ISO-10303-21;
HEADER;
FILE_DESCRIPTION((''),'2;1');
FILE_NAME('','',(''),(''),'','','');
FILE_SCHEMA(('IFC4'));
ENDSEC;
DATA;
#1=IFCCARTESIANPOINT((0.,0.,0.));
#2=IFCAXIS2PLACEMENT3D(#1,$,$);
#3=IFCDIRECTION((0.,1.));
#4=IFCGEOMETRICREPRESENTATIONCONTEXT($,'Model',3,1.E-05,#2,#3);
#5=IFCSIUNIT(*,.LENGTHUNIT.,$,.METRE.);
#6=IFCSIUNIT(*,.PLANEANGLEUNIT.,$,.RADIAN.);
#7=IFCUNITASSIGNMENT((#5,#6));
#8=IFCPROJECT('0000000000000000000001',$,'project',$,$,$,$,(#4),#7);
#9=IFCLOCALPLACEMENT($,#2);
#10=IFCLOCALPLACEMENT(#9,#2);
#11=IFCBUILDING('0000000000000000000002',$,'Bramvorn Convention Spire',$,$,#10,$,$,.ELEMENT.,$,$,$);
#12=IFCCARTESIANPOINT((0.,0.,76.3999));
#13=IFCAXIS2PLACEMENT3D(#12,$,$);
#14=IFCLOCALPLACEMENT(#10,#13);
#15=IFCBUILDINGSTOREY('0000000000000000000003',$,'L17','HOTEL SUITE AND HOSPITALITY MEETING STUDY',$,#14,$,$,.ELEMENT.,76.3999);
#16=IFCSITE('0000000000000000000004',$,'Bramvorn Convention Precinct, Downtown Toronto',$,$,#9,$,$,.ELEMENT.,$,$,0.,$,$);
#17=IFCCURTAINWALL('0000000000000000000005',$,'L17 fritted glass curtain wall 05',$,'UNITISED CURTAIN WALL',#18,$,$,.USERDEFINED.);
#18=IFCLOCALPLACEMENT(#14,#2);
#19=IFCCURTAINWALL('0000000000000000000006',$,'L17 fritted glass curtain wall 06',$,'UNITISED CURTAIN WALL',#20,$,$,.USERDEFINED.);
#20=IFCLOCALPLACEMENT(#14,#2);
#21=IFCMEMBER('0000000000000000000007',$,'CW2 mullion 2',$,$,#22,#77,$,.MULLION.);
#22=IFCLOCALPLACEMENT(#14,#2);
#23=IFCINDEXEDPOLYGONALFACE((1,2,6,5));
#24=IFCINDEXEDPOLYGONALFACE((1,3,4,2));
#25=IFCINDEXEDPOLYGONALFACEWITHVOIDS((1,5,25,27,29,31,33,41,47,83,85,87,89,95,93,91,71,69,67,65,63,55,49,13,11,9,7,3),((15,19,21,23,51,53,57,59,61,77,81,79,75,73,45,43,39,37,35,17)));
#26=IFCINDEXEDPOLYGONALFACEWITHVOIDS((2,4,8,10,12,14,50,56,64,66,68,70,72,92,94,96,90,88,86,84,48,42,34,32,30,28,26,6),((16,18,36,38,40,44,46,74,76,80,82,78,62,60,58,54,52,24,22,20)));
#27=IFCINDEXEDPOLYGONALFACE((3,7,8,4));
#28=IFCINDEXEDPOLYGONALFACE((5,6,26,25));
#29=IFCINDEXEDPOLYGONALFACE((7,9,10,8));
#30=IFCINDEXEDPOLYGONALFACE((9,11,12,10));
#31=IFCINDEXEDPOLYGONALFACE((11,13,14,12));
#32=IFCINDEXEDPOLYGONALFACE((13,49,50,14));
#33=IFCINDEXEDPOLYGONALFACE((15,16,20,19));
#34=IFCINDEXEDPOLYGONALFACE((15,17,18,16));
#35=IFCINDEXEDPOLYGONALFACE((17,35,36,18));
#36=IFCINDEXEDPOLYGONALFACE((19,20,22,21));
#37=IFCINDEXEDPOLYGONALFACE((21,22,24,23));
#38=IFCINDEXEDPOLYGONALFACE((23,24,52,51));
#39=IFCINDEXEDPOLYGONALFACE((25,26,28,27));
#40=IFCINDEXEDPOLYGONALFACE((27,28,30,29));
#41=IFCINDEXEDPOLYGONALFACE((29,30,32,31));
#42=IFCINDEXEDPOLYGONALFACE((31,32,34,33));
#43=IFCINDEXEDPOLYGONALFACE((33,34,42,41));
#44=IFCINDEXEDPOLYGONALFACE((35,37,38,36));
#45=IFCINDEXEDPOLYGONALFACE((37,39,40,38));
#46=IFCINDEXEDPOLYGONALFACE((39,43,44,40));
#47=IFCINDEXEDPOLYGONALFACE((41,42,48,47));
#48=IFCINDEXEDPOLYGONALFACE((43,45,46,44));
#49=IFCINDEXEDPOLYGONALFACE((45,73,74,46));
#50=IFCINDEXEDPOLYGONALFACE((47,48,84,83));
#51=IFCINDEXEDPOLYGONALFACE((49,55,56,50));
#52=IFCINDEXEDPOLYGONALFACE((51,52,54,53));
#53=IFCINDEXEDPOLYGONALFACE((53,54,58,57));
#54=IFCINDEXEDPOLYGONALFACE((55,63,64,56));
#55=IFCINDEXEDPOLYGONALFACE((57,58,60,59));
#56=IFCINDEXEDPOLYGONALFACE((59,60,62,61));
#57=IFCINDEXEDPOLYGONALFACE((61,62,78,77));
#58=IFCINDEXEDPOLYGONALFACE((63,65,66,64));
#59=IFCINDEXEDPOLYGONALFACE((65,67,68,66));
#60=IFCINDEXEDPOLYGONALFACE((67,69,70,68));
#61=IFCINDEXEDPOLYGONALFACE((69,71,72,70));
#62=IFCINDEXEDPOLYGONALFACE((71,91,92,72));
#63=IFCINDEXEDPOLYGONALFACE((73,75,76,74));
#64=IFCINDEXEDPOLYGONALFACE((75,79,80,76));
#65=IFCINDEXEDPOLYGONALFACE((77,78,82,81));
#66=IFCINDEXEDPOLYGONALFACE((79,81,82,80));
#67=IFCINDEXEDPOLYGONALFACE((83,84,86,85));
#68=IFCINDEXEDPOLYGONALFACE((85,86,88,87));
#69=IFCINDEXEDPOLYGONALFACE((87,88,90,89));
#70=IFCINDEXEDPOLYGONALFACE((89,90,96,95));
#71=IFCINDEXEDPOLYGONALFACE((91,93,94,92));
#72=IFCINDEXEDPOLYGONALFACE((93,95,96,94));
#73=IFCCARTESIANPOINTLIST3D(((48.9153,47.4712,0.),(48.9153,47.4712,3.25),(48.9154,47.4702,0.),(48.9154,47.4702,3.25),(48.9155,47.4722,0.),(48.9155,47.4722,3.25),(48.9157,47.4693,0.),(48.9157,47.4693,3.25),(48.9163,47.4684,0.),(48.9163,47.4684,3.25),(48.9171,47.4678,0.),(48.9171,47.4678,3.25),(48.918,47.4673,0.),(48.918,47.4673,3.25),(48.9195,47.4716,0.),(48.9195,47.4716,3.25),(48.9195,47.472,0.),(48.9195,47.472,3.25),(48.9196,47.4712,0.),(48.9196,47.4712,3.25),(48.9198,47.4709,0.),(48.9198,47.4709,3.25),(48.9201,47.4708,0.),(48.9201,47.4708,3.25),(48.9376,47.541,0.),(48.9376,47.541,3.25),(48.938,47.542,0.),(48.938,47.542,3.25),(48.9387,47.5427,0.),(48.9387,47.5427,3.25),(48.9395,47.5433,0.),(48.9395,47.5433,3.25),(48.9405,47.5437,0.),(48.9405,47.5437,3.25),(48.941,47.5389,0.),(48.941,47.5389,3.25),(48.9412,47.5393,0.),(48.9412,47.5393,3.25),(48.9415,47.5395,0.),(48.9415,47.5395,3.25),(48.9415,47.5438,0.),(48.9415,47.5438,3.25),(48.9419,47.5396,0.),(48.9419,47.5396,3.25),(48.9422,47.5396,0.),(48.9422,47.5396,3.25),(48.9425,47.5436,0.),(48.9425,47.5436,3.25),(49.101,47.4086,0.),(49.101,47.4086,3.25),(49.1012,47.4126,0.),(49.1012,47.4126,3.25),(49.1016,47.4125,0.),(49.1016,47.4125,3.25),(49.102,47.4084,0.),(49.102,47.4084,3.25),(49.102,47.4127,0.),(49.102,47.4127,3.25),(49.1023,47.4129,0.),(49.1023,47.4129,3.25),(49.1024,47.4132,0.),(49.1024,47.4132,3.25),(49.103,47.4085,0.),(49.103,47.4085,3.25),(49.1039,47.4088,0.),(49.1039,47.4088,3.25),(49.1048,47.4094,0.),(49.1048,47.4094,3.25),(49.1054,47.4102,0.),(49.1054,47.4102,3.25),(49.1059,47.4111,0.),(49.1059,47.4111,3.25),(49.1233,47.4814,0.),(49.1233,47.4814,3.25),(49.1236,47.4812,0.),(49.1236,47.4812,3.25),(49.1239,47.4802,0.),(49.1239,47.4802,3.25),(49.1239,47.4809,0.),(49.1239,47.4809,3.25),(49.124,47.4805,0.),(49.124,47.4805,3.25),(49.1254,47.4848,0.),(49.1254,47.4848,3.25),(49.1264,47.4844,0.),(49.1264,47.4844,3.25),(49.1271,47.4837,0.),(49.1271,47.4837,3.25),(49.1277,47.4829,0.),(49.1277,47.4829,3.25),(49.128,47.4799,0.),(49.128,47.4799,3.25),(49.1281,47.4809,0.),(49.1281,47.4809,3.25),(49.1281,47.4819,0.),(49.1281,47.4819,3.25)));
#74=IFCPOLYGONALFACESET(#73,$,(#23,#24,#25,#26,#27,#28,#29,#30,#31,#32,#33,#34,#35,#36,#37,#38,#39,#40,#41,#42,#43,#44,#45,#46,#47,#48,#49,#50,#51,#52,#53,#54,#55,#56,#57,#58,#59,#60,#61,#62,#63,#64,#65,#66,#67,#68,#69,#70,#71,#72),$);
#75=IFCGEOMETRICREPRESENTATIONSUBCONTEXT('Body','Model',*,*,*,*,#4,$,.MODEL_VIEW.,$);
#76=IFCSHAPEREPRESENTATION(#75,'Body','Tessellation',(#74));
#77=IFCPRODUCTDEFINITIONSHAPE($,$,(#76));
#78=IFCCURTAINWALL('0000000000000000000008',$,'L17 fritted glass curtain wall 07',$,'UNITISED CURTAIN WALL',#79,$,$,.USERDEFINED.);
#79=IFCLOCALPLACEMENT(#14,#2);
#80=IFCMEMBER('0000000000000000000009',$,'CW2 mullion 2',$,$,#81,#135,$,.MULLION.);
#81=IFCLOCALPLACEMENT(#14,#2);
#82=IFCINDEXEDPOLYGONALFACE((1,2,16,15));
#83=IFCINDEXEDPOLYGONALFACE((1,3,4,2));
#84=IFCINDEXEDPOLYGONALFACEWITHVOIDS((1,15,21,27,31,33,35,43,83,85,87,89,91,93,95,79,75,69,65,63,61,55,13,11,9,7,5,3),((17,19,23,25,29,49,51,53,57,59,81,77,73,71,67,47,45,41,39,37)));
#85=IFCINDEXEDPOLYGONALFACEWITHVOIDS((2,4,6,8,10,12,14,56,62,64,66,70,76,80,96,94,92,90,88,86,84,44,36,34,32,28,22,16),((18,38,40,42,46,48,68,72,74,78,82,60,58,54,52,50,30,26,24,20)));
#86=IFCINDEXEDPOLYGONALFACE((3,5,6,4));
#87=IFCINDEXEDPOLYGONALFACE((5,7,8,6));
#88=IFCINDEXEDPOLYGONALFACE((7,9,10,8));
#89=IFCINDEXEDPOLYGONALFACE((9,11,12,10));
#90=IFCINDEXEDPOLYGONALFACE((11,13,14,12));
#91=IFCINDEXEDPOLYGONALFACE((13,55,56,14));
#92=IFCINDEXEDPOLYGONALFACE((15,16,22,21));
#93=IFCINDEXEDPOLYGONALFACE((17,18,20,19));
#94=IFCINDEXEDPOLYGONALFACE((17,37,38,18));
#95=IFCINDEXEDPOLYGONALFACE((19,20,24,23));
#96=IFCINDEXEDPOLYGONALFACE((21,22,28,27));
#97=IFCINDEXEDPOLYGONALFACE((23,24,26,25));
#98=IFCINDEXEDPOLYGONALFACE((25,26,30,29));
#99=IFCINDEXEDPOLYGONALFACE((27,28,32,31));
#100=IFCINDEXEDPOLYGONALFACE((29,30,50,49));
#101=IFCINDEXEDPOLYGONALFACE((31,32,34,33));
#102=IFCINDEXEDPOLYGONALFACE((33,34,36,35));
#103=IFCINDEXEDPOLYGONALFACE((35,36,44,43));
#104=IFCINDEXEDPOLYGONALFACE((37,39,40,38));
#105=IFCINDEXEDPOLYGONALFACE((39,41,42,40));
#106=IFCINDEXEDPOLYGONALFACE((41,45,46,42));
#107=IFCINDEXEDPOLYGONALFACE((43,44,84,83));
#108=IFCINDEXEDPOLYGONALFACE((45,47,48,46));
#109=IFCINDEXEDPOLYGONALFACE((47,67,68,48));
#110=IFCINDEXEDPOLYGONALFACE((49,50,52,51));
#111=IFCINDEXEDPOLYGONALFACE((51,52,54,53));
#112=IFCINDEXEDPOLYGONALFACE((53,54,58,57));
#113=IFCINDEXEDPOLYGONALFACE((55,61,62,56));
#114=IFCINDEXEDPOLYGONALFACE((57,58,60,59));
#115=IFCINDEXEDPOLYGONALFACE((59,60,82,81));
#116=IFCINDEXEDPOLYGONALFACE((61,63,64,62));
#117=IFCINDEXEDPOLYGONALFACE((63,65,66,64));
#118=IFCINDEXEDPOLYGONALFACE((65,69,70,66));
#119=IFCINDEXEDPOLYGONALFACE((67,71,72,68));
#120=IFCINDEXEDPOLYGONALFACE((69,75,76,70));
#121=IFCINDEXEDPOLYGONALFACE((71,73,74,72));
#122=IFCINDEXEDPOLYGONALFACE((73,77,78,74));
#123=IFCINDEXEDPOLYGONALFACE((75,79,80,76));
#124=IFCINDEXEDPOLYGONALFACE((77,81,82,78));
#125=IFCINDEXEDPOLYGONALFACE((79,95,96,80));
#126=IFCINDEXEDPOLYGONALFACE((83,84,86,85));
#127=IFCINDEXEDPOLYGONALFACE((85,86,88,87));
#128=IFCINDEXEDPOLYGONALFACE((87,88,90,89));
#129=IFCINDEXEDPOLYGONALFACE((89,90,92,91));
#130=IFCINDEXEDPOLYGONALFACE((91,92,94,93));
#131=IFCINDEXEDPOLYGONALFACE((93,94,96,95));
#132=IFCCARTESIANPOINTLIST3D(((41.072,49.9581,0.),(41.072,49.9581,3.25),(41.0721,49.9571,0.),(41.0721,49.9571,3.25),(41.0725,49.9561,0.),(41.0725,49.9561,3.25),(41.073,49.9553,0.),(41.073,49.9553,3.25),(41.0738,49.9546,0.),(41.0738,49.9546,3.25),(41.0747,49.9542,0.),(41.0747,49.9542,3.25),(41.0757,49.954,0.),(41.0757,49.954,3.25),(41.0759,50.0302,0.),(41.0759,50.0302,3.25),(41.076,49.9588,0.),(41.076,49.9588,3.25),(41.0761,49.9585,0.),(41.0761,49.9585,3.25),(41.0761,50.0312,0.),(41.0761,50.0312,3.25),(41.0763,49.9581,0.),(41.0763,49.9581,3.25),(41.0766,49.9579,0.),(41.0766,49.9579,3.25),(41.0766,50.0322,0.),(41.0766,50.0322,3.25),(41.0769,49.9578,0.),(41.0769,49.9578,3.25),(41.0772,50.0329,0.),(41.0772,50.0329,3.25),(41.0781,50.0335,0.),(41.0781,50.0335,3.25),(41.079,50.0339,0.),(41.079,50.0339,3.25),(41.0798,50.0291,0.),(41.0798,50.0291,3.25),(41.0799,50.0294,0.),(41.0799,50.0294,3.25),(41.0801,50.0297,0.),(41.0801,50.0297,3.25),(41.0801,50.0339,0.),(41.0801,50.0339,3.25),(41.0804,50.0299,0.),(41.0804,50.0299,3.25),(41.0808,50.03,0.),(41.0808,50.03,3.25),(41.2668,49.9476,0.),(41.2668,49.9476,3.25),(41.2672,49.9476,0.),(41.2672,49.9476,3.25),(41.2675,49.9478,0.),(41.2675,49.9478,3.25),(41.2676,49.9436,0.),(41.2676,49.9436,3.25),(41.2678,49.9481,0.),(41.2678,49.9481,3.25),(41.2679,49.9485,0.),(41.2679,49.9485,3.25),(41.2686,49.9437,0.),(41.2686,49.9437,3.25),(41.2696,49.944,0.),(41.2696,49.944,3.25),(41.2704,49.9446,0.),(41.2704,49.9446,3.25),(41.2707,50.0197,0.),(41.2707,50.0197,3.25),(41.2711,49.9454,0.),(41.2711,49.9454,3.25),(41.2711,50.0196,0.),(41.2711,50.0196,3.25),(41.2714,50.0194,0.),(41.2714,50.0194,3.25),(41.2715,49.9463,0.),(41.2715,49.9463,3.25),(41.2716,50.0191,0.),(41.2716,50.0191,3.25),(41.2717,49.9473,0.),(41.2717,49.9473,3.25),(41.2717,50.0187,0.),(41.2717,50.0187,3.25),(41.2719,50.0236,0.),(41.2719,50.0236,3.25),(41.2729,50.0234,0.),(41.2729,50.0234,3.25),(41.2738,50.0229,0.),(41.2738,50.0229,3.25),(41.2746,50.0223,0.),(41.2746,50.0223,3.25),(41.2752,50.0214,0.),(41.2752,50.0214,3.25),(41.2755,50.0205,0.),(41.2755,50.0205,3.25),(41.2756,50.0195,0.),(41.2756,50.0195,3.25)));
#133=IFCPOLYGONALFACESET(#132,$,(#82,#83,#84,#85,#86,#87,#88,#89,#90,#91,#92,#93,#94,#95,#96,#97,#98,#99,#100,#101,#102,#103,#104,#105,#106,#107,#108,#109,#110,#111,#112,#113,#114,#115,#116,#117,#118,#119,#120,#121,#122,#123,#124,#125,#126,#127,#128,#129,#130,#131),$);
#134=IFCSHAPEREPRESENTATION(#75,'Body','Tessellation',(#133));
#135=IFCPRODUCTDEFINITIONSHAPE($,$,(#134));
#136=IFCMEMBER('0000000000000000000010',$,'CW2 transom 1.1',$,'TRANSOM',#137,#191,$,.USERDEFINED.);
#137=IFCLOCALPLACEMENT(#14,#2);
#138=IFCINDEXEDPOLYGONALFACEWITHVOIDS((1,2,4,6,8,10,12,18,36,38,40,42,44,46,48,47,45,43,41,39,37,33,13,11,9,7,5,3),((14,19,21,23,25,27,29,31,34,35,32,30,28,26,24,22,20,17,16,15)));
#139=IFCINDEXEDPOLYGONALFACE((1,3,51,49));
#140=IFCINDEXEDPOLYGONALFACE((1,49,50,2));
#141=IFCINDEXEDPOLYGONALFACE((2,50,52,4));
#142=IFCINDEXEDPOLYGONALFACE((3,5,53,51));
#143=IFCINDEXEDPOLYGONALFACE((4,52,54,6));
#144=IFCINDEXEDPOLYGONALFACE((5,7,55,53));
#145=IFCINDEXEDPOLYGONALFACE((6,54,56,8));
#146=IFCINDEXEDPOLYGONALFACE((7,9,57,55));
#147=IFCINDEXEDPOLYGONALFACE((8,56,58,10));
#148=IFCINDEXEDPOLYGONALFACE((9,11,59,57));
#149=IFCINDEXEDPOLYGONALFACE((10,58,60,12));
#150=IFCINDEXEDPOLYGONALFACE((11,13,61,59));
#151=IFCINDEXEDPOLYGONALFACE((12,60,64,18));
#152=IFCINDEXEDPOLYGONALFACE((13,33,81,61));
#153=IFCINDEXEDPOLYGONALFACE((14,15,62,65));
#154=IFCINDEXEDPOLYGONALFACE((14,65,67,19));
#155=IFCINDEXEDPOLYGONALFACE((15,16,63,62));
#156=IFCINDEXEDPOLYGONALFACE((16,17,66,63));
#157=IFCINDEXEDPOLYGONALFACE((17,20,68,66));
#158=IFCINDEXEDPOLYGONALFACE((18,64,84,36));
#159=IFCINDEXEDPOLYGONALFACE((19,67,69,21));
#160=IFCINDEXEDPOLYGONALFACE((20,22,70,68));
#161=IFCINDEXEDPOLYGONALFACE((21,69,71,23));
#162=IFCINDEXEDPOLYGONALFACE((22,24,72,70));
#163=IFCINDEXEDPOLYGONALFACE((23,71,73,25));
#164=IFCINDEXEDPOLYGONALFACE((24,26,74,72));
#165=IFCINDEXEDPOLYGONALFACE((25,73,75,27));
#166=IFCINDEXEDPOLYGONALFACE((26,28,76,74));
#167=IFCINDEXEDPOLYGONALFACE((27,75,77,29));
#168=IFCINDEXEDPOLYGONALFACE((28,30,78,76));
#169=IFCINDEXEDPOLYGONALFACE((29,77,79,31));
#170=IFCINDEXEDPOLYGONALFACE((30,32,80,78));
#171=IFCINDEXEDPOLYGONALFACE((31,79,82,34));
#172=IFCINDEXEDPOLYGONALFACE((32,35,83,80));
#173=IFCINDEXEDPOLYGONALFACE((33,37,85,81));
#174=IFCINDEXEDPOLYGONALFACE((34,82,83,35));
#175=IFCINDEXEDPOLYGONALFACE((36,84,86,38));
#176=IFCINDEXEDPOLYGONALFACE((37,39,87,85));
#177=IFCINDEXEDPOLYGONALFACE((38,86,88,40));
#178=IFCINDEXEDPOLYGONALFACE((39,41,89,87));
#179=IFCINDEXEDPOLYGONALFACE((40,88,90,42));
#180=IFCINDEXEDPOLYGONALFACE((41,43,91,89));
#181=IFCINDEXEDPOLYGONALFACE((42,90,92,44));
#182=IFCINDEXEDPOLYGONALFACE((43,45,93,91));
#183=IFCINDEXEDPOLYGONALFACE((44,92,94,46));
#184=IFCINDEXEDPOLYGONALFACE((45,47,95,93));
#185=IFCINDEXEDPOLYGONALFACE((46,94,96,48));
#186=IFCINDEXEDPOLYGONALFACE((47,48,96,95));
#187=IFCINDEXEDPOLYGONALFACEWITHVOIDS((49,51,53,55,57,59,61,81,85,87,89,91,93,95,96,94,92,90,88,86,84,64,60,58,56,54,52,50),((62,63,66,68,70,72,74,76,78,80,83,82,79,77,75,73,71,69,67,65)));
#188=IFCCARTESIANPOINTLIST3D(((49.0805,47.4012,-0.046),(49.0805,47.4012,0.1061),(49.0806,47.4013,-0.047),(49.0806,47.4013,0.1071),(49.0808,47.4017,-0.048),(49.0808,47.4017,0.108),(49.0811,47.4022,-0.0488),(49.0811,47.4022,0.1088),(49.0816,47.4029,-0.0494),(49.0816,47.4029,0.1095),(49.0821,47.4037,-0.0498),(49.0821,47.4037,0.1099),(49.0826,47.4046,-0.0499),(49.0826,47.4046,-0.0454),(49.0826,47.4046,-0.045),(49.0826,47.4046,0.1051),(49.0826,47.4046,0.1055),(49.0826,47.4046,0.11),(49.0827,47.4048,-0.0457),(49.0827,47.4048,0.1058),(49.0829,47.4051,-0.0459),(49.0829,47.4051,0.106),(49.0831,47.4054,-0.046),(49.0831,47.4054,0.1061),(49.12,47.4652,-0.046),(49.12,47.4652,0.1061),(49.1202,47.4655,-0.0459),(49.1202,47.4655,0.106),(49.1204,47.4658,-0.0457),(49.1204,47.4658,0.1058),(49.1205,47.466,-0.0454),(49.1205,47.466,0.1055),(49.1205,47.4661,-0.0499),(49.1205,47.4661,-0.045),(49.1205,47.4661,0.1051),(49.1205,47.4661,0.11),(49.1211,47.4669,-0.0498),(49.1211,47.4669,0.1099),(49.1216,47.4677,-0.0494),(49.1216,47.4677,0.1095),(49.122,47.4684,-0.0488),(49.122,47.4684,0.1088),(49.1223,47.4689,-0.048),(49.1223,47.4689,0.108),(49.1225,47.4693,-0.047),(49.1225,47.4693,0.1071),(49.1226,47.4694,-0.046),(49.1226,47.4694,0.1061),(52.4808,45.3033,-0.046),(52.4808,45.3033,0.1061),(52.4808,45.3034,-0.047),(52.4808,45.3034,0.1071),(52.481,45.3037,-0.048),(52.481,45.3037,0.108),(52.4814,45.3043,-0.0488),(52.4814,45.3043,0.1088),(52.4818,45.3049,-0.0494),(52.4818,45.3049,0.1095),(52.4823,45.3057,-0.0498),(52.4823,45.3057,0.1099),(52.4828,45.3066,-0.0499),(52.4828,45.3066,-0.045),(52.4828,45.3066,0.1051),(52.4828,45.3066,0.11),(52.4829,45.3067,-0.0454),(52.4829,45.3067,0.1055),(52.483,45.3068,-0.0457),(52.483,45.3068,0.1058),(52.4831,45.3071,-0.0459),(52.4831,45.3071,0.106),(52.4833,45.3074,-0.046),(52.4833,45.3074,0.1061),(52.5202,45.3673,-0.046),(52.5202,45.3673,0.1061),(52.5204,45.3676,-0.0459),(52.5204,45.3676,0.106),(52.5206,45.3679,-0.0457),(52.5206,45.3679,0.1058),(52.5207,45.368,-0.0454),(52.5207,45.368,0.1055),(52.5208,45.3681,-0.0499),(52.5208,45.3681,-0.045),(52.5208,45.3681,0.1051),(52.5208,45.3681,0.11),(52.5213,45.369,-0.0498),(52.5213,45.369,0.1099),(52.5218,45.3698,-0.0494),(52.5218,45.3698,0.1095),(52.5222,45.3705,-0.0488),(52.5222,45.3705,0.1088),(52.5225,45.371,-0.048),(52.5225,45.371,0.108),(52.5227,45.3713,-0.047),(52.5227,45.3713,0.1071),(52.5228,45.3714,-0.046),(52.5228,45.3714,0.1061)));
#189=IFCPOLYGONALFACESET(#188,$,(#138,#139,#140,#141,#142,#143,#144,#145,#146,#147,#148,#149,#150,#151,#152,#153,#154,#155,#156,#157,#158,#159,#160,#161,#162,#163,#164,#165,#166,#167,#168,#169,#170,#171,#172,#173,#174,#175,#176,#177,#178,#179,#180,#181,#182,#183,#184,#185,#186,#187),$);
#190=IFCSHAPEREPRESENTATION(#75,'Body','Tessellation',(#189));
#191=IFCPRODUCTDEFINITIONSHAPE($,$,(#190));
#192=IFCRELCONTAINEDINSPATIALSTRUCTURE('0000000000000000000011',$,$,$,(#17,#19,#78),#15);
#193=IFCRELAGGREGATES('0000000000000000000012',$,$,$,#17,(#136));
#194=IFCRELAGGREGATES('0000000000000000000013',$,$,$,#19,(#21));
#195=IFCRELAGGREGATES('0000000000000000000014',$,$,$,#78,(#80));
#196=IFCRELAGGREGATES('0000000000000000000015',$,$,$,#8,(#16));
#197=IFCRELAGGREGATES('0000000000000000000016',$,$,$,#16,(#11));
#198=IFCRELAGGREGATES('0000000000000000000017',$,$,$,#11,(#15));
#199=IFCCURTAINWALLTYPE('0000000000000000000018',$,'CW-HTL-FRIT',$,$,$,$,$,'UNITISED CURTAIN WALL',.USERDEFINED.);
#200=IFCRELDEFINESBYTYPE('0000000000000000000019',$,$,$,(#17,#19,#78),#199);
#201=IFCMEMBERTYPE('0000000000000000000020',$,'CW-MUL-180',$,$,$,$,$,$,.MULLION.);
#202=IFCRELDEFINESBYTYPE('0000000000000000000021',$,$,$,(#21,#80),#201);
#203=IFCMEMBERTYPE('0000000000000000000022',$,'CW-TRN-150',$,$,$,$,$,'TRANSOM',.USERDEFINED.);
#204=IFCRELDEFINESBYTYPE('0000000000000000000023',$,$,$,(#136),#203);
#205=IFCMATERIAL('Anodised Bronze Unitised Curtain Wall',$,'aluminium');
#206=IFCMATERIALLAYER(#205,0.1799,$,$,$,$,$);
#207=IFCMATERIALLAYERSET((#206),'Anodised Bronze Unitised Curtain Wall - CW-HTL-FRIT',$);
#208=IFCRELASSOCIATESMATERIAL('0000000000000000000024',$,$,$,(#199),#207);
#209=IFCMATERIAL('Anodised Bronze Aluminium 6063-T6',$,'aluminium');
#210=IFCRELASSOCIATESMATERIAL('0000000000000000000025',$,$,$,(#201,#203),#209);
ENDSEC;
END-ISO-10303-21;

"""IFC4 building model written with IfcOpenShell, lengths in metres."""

from ifc_helpers import new_model, si_unit, direction, frame, origin, origin_2d, place, context, subcontext, project, spatial, hollow_rectangle, extrude, material, layer, layer_set, material_profile, profile_set, type_object, element, aggregate, save


model = new_model("IFC4")

# Units and contexts
model_context = context("Model", 3, precision=1e-05, world=origin(), true_north=direction((0.0, 1.0)))
body_context = subcontext(model_context, "Body", "Model", "MODEL_VIEW")
ifc_project = project(units=[si_unit("LENGTHUNIT", "METRE"), si_unit("PLANEANGLEUNIT", "RADIAN")], contexts=[model_context])

# Site, building, storey
site_placement = place(None, origin())
site = spatial("IfcSite", under=ifc_project, at=site_placement, Name="Bramvorn Convention Precinct, Downtown Toronto", CompositionType="ELEMENT", RefElevation=0.0)
building_placement = place(site_placement, origin())
building = spatial("IfcBuilding", under=site, at=building_placement, Name="Bramvorn Convention Spire", CompositionType="ELEMENT")
storey_placement = place(building_placement, frame((0.0, 0.0, 76.3999)))
storey = spatial("IfcBuildingStorey", under=building, at=storey_placement, Name="L17", Description="HOTEL SUITE AND HOSPITALITY MEETING STUDY", CompositionType="ELEMENT", Elevation=76.3999)

# Curtain wall
ifc_material_1 = material(Name="Anodised Bronze Unitised Curtain Wall", Category="aluminium")
ifc_layer_1 = layer(ifc_material_1, 0.1799)
ifc_layer_set_1 = layer_set([ifc_layer_1], Name="Anodised Bronze Unitised Curtain Wall - CW-HTL-FRIT")
curtain_wall_type = type_object("IfcCurtainWallType", Name="CW-HTL-FRIT", ElementType="UNITISED CURTAIN WALL", PredefinedType="USERDEFINED", material=ifc_layer_set_1)
curtain_wall_1_placement = place(storey_placement, origin())
curtain_wall_1 = element("IfcCurtainWall", 1, at=curtain_wall_1_placement, inside=storey, type_object=curtain_wall_type, Name="L17 fritted glass curtain wall 05", ObjectType="UNITISED CURTAIN WALL", PredefinedType="USERDEFINED")
ifc_material_2 = material(Name="Anodised Bronze Aluminium 6063-T6", Category="aluminium")
ifc_material_profile_1 = material_profile(ifc_material_2, hollow_rectangle(XDim=0.0801, YDim=0.2, WallThickness=0.0039, InnerFilletRadius=0.001, OuterFilletRadius=0.0039, at=origin_2d()))
ifc_profile_set_1 = profile_set([ifc_material_profile_1], Name="Anodised Bronze Aluminium 6063-T6 - CWM80X200")
member_type_1 = type_object("IfcMemberType", Name="CW-MUL-180", PredefinedType="MULLION", material=ifc_profile_set_1)

# Curtain wall, member
curtain_wall_2_placement = place(storey_placement, origin())
curtain_wall_2 = element("IfcCurtainWall", 2, at=curtain_wall_2_placement, inside=storey, type_object=curtain_wall_type, Name="L17 fritted glass curtain wall 06", ObjectType="UNITISED CURTAIN WALL", PredefinedType="USERDEFINED")
member_1_placement = place(storey_placement, frame((49.0217, 47.4761, 0.0), z_axis=(0.0, 0.0, 1.0), x_axis=(0.305812, 0.952092, 0.0)))
member_1 = element("IfcMember", 3, at=member_1_placement, type_object=member_type_1, Name="CW2 mullion 2", PredefinedType="MULLION", context=body_context, shape_type="SweptSolid", body=[
    extrude(hollow_rectangle(XDim=0.0801, YDim=0.2, WallThickness=0.0039, InnerFilletRadius=0.001, OuterFilletRadius=0.0039, at=origin_2d()), origin(), (0.0, 0.0, 1.0), 3.25),
])

# Curtain wall, member
curtain_wall_3_placement = place(storey_placement, origin())
curtain_wall_3 = element("IfcCurtainWall", 4, at=curtain_wall_3_placement, inside=storey, type_object=curtain_wall_type, Name="L17 fritted glass curtain wall 07", ObjectType="UNITISED CURTAIN WALL", PredefinedType="USERDEFINED")
member_2_placement = place(storey_placement, frame((41.1738, 49.9888, 0.0), z_axis=(0.0, 0.0, 1.0), x_axis=(0.053959, 0.998543, 0.0)))
member_2 = element("IfcMember", 5, at=member_2_placement, type_object=member_type_1, Name="CW2 mullion 2", PredefinedType="MULLION", context=body_context, shape_type="SweptSolid", body=[
    extrude(hollow_rectangle(XDim=0.0801, YDim=0.2, WallThickness=0.0039, InnerFilletRadius=0.001, OuterFilletRadius=0.0039, at=origin_2d()), origin(), (0.0, 0.0, 1.0), 3.25),
])

# Member
ifc_material_profile_2 = material_profile(ifc_material_2, hollow_rectangle(XDim=0.0801, YDim=0.1599, WallThickness=0.0039, InnerFilletRadius=0.001, OuterFilletRadius=0.0039, at=origin_2d()))
ifc_profile_set_2 = profile_set([ifc_material_profile_2], Name="Anodised Bronze Aluminium 6063-T6 - CWT80X160")
member_type_2 = type_object("IfcMemberType", Name="CW-TRN-150", ElementType="TRANSOM", PredefinedType="USERDEFINED", material=ifc_profile_set_2)
member_3_placement = place(storey_placement, frame((49.1016, 47.4353, 0.03), z_axis=(0.851043, -0.525096, 0.0), x_axis=(0.525096, 0.851043, 0.0)))
member_3 = element("IfcMember", 6, at=member_3_placement, type_object=member_type_2, Name="CW2 transom 1.1", ObjectType="TRANSOM", PredefinedType="USERDEFINED", context=body_context, shape_type="SweptSolid", body=[
    extrude(hollow_rectangle(XDim=0.0801, YDim=0.1599, WallThickness=0.0039, InnerFilletRadius=0.001, OuterFilletRadius=0.0039, at=origin_2d()), origin(), (0.0, 0.0, 1.0), 3.9954),
])

aggregate(curtain_wall_1, [member_3])
aggregate(curtain_wall_2, [member_1])
aggregate(curtain_wall_3, [member_2])

save(model, "model.ifc")
